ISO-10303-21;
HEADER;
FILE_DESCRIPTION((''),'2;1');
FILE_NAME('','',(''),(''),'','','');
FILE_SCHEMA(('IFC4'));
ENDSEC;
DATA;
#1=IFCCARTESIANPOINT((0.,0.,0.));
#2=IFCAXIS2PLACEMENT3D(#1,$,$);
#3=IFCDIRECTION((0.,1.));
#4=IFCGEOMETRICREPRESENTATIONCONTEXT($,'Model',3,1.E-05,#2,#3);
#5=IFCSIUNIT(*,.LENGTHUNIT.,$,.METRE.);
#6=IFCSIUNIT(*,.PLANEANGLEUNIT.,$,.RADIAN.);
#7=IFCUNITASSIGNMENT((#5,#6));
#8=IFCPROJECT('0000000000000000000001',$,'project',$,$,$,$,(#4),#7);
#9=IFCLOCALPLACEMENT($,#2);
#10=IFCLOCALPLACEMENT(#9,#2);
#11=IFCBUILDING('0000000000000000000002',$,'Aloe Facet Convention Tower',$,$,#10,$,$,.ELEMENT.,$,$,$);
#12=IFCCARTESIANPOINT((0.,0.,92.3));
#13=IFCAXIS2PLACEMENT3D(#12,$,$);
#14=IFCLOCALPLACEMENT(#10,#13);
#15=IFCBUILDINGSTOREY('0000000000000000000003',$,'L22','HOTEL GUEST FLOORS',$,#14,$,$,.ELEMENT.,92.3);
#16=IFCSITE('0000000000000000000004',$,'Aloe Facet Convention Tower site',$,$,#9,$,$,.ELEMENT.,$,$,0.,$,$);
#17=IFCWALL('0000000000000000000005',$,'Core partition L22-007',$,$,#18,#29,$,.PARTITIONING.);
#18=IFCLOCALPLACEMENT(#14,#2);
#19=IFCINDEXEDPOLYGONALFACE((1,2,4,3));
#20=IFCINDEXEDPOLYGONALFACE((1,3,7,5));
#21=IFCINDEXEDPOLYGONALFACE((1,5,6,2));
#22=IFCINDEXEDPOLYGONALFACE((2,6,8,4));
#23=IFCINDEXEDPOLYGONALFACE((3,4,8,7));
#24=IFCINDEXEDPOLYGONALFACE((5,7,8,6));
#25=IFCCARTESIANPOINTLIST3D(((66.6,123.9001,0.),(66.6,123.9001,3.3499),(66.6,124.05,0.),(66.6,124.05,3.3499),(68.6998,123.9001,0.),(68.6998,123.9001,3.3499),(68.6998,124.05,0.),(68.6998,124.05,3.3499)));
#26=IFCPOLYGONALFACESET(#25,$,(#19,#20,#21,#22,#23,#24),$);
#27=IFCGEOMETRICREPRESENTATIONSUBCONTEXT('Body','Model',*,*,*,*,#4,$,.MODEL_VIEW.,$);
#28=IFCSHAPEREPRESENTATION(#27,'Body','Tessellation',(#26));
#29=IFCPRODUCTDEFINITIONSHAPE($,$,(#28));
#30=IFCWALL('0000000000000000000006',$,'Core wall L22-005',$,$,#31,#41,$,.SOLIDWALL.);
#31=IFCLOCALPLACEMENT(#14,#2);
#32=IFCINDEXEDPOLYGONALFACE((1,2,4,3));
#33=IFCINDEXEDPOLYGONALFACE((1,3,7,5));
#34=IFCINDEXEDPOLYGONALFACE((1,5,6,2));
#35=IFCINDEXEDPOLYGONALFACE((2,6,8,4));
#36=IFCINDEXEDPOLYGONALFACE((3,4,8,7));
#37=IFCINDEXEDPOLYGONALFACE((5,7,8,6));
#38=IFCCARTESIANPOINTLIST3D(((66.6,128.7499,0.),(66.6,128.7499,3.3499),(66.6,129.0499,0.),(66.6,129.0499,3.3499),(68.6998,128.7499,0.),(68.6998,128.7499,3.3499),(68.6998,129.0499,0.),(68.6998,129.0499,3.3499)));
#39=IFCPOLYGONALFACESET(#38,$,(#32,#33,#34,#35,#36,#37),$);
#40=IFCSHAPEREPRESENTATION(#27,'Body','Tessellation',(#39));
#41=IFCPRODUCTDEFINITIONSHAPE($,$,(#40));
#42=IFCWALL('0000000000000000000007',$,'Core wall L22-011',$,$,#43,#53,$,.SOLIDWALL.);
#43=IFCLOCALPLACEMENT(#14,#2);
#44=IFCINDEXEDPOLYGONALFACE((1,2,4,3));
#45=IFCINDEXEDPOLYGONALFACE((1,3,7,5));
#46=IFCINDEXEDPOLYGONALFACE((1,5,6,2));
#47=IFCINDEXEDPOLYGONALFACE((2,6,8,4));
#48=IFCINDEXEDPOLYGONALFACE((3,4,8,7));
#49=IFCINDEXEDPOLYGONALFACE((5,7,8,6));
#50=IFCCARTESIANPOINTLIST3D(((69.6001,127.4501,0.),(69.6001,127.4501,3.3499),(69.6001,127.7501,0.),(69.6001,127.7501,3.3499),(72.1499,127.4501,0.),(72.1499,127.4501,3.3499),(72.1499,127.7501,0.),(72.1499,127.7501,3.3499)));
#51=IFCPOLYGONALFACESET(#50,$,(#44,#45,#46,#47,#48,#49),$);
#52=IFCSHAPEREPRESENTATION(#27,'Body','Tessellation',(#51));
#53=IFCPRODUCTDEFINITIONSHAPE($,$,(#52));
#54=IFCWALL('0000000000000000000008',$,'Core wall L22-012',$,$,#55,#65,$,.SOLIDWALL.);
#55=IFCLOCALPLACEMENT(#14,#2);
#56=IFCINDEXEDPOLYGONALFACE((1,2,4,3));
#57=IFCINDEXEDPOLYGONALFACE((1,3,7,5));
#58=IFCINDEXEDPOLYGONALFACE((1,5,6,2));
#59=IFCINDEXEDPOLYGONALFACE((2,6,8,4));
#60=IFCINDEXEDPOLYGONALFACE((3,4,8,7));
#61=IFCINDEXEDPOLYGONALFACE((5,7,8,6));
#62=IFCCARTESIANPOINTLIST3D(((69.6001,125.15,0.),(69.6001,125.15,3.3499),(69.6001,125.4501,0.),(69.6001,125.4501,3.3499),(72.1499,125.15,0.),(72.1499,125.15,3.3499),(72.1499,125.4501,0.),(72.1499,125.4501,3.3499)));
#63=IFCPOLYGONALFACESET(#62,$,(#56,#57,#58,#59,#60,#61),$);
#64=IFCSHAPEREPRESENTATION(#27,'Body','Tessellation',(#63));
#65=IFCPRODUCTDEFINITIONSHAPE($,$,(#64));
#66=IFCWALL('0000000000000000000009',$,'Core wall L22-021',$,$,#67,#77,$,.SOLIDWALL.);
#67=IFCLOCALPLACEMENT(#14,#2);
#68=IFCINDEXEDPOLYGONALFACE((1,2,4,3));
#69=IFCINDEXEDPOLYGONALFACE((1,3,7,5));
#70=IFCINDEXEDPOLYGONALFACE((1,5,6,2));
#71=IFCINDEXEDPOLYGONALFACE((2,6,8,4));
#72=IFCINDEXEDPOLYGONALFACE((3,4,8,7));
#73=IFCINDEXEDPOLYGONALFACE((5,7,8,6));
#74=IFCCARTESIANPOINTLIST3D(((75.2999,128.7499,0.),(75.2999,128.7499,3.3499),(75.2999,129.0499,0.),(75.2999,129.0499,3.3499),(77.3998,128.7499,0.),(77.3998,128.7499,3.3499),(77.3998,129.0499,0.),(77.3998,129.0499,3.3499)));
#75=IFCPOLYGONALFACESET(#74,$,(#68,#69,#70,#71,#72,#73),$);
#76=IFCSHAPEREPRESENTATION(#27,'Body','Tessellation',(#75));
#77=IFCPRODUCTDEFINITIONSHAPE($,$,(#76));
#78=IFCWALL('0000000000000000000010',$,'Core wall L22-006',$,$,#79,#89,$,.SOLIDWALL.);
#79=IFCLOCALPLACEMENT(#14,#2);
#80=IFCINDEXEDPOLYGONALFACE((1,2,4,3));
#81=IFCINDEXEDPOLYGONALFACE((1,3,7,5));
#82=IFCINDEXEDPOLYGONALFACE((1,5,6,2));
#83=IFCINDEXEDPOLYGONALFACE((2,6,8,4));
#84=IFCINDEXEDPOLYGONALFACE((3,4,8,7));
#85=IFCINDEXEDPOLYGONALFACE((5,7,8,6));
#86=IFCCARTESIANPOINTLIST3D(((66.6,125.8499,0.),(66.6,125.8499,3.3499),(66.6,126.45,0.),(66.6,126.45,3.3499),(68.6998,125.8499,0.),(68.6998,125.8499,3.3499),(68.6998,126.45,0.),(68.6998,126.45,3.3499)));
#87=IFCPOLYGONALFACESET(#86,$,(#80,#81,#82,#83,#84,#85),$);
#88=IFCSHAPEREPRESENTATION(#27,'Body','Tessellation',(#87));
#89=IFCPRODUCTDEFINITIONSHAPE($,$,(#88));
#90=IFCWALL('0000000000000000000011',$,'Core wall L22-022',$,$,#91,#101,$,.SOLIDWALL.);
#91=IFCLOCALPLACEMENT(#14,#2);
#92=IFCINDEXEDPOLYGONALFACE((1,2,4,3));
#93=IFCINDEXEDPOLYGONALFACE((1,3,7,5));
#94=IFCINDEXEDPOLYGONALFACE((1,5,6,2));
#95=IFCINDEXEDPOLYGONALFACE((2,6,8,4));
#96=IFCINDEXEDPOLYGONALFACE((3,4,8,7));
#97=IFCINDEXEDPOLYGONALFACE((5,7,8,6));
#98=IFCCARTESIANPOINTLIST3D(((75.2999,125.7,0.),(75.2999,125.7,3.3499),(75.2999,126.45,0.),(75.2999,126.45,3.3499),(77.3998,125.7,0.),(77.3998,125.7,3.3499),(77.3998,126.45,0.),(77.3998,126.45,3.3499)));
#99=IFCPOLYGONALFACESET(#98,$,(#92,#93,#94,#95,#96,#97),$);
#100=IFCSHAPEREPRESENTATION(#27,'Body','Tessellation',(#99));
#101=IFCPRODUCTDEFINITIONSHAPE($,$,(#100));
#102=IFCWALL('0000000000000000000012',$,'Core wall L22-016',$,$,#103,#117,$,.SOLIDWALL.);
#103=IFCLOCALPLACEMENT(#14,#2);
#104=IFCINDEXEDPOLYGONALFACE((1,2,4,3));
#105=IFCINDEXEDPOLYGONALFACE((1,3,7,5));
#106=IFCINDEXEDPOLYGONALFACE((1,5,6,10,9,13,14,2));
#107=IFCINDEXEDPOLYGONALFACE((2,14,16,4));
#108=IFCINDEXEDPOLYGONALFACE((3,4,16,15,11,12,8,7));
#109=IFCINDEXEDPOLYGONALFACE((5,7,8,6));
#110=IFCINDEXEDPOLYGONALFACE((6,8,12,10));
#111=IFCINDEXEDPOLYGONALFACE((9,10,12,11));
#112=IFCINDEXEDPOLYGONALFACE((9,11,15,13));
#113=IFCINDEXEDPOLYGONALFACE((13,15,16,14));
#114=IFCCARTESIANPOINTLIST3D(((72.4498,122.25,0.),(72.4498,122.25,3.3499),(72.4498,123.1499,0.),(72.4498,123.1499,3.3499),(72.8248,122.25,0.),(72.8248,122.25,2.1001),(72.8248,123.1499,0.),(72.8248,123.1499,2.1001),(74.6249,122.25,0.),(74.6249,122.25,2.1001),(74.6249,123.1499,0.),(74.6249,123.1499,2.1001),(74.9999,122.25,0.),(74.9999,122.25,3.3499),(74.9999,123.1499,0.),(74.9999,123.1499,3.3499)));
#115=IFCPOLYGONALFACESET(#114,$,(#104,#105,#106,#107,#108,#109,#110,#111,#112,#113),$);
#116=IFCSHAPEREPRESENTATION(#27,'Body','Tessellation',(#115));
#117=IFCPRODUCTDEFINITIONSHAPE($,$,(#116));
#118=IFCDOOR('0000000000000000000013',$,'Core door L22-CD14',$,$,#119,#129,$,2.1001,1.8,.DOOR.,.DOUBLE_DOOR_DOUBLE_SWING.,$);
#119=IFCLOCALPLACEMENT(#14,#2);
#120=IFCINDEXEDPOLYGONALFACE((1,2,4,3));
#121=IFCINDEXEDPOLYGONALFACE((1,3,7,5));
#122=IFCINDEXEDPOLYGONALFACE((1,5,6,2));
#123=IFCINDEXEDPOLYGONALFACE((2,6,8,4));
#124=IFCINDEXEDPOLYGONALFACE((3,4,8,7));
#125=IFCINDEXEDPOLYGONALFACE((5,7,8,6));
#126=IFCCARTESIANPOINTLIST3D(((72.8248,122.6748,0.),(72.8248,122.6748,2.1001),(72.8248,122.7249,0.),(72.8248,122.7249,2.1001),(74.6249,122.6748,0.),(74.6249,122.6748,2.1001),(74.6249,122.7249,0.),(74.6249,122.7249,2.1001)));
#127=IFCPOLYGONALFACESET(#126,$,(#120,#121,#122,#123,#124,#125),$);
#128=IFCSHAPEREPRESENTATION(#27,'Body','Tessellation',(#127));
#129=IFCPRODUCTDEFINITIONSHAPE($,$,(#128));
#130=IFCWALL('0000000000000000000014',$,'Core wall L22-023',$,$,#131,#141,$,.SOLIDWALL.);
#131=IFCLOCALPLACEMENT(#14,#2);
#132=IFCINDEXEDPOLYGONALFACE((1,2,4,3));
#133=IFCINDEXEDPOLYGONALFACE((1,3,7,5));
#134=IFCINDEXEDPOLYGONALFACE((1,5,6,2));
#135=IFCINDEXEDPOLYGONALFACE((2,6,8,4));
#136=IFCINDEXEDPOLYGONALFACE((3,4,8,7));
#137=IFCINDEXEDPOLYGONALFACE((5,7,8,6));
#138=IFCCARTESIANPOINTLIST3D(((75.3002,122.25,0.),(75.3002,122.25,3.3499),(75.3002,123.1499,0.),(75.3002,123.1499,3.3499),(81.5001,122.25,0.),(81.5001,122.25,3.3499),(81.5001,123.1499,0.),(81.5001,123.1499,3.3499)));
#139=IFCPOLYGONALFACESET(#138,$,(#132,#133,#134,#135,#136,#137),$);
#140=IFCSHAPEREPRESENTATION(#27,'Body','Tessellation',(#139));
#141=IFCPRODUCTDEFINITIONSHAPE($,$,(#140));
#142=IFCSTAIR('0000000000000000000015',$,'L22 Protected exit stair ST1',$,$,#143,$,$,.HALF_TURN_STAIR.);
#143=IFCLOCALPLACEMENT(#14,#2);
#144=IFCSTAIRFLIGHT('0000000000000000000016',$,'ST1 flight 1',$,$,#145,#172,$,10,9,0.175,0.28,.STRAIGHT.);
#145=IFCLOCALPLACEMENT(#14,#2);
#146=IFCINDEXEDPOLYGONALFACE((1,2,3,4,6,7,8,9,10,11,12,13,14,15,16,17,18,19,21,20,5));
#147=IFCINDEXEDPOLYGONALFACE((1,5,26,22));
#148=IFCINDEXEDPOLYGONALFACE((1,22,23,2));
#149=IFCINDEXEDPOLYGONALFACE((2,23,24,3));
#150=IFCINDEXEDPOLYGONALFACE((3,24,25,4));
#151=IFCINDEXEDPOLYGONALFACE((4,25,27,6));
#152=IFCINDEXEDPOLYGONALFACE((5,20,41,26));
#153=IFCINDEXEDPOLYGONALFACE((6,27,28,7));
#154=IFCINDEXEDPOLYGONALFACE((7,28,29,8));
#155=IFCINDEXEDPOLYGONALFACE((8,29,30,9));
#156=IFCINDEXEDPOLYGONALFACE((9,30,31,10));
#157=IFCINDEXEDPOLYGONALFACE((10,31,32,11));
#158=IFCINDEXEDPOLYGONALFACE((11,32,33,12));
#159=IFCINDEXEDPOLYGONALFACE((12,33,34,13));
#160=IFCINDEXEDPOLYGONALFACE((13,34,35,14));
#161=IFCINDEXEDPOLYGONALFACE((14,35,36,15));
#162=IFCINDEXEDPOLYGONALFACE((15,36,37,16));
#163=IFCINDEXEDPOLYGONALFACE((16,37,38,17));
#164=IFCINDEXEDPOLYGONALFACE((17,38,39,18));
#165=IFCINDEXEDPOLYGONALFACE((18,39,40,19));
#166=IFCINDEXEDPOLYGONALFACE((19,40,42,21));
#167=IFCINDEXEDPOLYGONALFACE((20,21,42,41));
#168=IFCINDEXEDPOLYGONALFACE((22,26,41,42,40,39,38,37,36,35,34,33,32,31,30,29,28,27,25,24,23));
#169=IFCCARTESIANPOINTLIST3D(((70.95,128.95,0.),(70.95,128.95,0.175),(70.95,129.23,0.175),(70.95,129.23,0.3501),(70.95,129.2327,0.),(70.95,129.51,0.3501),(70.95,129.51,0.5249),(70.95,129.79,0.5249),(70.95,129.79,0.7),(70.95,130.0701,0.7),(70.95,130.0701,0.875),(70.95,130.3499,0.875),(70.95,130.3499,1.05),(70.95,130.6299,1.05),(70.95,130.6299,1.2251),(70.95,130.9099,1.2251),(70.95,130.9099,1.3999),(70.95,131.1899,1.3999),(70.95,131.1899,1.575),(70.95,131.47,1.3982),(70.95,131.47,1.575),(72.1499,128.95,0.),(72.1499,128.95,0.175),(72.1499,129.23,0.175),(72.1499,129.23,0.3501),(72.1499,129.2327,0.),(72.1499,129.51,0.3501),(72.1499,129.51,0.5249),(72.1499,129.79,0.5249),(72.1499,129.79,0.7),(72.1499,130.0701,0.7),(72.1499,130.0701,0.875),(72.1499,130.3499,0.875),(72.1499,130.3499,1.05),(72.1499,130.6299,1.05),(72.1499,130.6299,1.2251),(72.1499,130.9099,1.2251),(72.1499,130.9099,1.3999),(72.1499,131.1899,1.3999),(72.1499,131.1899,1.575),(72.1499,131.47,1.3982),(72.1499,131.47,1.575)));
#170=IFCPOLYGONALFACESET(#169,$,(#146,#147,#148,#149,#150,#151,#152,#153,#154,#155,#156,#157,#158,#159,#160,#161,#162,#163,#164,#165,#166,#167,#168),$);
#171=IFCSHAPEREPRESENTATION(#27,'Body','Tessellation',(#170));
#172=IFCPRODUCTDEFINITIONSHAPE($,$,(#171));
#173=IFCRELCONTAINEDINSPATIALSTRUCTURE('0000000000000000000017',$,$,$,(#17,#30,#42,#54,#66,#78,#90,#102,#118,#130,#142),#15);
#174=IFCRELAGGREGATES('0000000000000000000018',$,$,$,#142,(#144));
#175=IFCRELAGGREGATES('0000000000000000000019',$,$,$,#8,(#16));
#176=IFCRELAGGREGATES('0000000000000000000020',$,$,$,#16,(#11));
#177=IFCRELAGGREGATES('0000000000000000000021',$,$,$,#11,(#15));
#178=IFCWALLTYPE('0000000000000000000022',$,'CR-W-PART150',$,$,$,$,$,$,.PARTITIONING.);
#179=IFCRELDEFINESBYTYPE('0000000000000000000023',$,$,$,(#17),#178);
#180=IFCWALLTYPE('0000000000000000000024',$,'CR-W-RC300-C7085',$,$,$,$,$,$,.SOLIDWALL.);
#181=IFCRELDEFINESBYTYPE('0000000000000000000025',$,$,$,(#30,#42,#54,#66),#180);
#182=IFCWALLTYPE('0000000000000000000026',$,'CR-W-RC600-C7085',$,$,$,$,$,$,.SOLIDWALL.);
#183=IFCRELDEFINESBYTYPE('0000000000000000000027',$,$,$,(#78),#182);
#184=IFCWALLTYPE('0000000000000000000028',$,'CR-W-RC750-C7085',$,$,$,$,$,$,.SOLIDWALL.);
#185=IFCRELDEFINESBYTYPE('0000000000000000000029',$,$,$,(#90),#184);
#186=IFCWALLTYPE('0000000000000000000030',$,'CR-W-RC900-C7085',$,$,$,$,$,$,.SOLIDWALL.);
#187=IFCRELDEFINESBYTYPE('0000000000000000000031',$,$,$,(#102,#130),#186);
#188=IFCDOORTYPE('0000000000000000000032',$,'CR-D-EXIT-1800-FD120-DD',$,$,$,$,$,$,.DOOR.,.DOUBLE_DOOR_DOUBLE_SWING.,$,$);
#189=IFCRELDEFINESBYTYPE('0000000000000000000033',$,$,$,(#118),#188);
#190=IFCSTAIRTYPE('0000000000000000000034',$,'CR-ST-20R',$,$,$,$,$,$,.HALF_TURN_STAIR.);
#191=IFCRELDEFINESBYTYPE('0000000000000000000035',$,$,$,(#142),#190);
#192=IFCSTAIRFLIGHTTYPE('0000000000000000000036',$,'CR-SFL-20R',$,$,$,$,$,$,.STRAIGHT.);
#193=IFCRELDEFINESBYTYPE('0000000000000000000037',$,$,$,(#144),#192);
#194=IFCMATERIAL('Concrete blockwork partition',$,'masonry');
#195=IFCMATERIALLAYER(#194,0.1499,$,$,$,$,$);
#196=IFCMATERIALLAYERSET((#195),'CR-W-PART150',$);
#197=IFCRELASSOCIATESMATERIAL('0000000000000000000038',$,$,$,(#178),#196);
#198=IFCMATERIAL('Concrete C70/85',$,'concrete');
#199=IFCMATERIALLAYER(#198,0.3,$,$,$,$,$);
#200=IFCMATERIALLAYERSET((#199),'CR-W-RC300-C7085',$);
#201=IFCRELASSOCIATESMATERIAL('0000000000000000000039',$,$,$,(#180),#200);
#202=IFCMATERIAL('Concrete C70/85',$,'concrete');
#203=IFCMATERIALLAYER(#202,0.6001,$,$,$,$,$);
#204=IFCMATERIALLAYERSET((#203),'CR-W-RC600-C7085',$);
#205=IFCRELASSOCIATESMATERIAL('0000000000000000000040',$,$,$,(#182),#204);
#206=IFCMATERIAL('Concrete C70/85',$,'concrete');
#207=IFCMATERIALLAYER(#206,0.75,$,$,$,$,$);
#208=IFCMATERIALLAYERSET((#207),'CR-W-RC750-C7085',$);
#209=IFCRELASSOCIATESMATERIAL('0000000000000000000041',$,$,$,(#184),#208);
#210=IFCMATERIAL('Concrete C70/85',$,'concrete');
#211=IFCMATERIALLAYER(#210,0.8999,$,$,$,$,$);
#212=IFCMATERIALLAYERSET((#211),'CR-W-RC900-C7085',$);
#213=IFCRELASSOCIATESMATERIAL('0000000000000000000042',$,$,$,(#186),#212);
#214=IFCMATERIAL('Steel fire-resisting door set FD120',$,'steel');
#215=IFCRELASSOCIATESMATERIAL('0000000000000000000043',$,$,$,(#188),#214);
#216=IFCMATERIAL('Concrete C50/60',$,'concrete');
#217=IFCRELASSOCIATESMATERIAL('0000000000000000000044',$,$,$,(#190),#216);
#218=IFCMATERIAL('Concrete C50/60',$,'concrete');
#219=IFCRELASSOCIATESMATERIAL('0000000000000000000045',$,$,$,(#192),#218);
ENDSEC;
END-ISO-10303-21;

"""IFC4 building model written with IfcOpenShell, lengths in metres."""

from ifc_helpers import new_model, si_unit, direction, frame, frame_2d, origin, place, context, subcontext, project, spatial, polyline, rectangle, outline, extrude, material, layer, layer_set, type_object, element, fill, aggregate, save


model = new_model("IFC4")

# Units and contexts
model_context = context("Model", 3, precision=1e-05, world=origin(), true_north=direction((0.0, 1.0)))
body_context = subcontext(model_context, "Body", "Model", "MODEL_VIEW")
ifc_project = project(units=[si_unit("LENGTHUNIT", "METRE"), si_unit("PLANEANGLEUNIT", "RADIAN")], contexts=[model_context])

# Site, building, storey
site_placement = place(None, origin())
site = spatial("IfcSite", under=ifc_project, at=site_placement, Name="Aloe Facet Convention Tower site", CompositionType="ELEMENT", RefElevation=0.0)
building_placement = place(site_placement, origin())
building = spatial("IfcBuilding", under=site, at=building_placement, Name="Aloe Facet Convention Tower", CompositionType="ELEMENT")
storey_placement = place(building_placement, frame((0.0, 0.0, 92.3)))
storey = spatial("IfcBuildingStorey", under=building, at=storey_placement, Name="L22", Description="HOTEL GUEST FLOORS", CompositionType="ELEMENT", Elevation=92.3)

# Walls
ifc_material_1 = material(Name="Concrete blockwork partition", Category="masonry")
ifc_layer_1 = layer(ifc_material_1, 0.1499)
ifc_layer_set_1 = layer_set([ifc_layer_1], Name="CR-W-PART150")
wall_type_1 = type_object("IfcWallType", Name="CR-W-PART150", PredefinedType="PARTITIONING", material=ifc_layer_set_1)
wall_1_placement = place(storey_placement, frame((66.6001, 123.9751, 0.0), z_axis=(0.0, 0.0, 1.0), x_axis=(1.0, 0.0, 0.0)))
element("IfcWall", 1, at=wall_1_placement, inside=storey, type_object=wall_type_1, Name="Core partition L22-007", PredefinedType="PARTITIONING", context=body_context, shape_type="SweptSolid", body=[
    extrude(rectangle(XDim=2.0999, YDim=0.1499, at=frame_2d((1.0498, 0.0))), origin(), (0.0, 0.0, 1.0), 3.3499),
])
ifc_material_2 = material(Name="Concrete C70/85", Category="concrete")
ifc_layer_2 = layer(ifc_material_2, 0.3)
ifc_layer_set_2 = layer_set([ifc_layer_2], Name="CR-W-RC300-C7085")
wall_type_2 = type_object("IfcWallType", Name="CR-W-RC300-C7085", PredefinedType="SOLIDWALL", material=ifc_layer_set_2)
wall_2_placement = place(storey_placement, frame((66.6001, 128.8999, 0.0), z_axis=(0.0, 0.0, 1.0), x_axis=(1.0, 0.0, 0.0)))
element("IfcWall", 2, at=wall_2_placement, inside=storey, type_object=wall_type_2, Name="Core wall L22-005", PredefinedType="SOLIDWALL", context=body_context, shape_type="SweptSolid", body=[
    extrude(rectangle(XDim=2.0999, YDim=0.3, at=frame_2d((1.0498, 0.0))), origin(), (0.0, 0.0, 1.0), 3.3499),
])
for number, where, z_axis, x_axis, name in (
    (3, (69.6001, 127.6001, 0.0), (0.0, 0.0, 1.0), (1.0, 0.0, 0.0), "Core wall L22-011"),
    (4, (69.6001, 125.3, 0.0), (0.0, 0.0, 1.0), (1.0, 0.0, 0.0), "Core wall L22-012"),
):
    element("IfcWall", number, at=place(storey_placement, frame(where, z_axis=z_axis, x_axis=x_axis)), inside=storey, type_object=wall_type_2, Name=name, PredefinedType="SOLIDWALL", context=body_context, shape_type="SweptSolid", body=[
        extrude(rectangle(XDim=2.5498, YDim=0.3, at=frame_2d((1.2749, 0.0))), origin(), (0.0, 0.0, 1.0), 3.3499),
    ])
wall_3_placement = place(storey_placement, frame((75.3, 128.8999, 0.0), z_axis=(0.0, 0.0, 1.0), x_axis=(1.0, 0.0, 0.0)))
element("IfcWall", 5, at=wall_3_placement, inside=storey, type_object=wall_type_2, Name="Core wall L22-021", PredefinedType="SOLIDWALL", context=body_context, shape_type="SweptSolid", body=[
    extrude(rectangle(XDim=2.0999, YDim=0.3, at=frame_2d((1.0498, 0.0))), origin(), (0.0, 0.0, 1.0), 3.3499),
])
ifc_material_3 = material(Name="Concrete C70/85", Category="concrete")
ifc_layer_3 = layer(ifc_material_3, 0.6001)
ifc_layer_set_3 = layer_set([ifc_layer_3], Name="CR-W-RC600-C7085")
wall_type_3 = type_object("IfcWallType", Name="CR-W-RC600-C7085", PredefinedType="SOLIDWALL", material=ifc_layer_set_3)
wall_4_placement = place(storey_placement, frame((66.6001, 126.1499, 0.0), z_axis=(0.0, 0.0, 1.0), x_axis=(1.0, 0.0, 0.0)))
element("IfcWall", 6, at=wall_4_placement, inside=storey, type_object=wall_type_3, Name="Core wall L22-006", PredefinedType="SOLIDWALL", context=body_context, shape_type="SweptSolid", body=[
    extrude(rectangle(XDim=2.0999, YDim=0.6001, at=frame_2d((1.0498, 0.0))), origin(), (0.0, 0.0, 1.0), 3.3499),
])
ifc_material_4 = material(Name="Concrete C70/85", Category="concrete")
ifc_layer_4 = layer(ifc_material_4, 0.75)
ifc_layer_set_4 = layer_set([ifc_layer_4], Name="CR-W-RC750-C7085")
wall_type_4 = type_object("IfcWallType", Name="CR-W-RC750-C7085", PredefinedType="SOLIDWALL", material=ifc_layer_set_4)
wall_5_placement = place(storey_placement, frame((75.3, 126.075, 0.0), z_axis=(0.0, 0.0, 1.0), x_axis=(1.0, 0.0, 0.0)))
element("IfcWall", 7, at=wall_5_placement, inside=storey, type_object=wall_type_4, Name="Core wall L22-022", PredefinedType="SOLIDWALL", context=body_context, shape_type="SweptSolid", body=[
    extrude(rectangle(XDim=2.0999, YDim=0.75, at=frame_2d((1.0498, 0.0))), origin(), (0.0, 0.0, 1.0), 3.3499),
])

# Wall, opening, door
ifc_material_5 = material(Name="Concrete C70/85", Category="concrete")
ifc_layer_5 = layer(ifc_material_5, 0.8999)
ifc_layer_set_5 = layer_set([ifc_layer_5], Name="CR-W-RC900-C7085")
wall_type_5 = type_object("IfcWallType", Name="CR-W-RC900-C7085", PredefinedType="SOLIDWALL", material=ifc_layer_set_5)
wall_6_placement = place(storey_placement, frame((72.45, 122.7, 0.0), z_axis=(0.0, 0.0, 1.0), x_axis=(1.0, 0.0, 0.0)))
wall_6 = element("IfcWall", 8, at=wall_6_placement, inside=storey, type_object=wall_type_5, Name="Core wall L22-016", PredefinedType="SOLIDWALL", context=body_context, shape_type="SweptSolid", body=[
    extrude(rectangle(XDim=2.55, YDim=0.8999, at=frame_2d((1.2749, 0.0))), origin(), (0.0, 0.0, 1.0), 3.3499),
])
opening_placement = place(wall_6_placement, frame((0.375, 0.0, 0.0)))
opening = element("IfcOpeningElement", 9, at=opening_placement, cuts=wall_6, PredefinedType="OPENING", context=body_context, shape_type="SweptSolid", body=[
    extrude(rectangle(XDim=1.8, YDim=2.1001, at=frame_2d((0.8999, 1.05))), frame((0.0, 0.46, 0.0), z_axis=(0.0, -1.0, 0.0), x_axis=(1.0, 0.0, 0.0)), (0.0, 0.0, 1.0), 0.9199),
])
ifc_material_6 = material(Name="Steel fire-resisting door set FD120", Category="steel")
door_type = type_object("IfcDoorType", Name="CR-D-EXIT-1800-FD120-DD", OperationType="DOUBLE_DOOR_DOUBLE_SWING", PredefinedType="DOOR", material=ifc_material_6)
door_placement = place(opening_placement, origin())
door = element("IfcDoor", 10, at=door_placement, inside=storey, type_object=door_type, Name="Core door L22-CD14", OperationType="DOUBLE_DOOR_DOUBLE_SWING", OverallHeight=2.1001, OverallWidth=1.8, PredefinedType="DOOR", context=body_context, shape_type="SweptSolid", body=[
    extrude(rectangle(XDim=1.8, YDim=2.1001, at=frame_2d((0.8999, 1.05))), frame((0.0, 0.0249, 0.0), z_axis=(0.0, -1.0, 0.0), x_axis=(1.0, 0.0, 0.0)), (0.0, 0.0, 1.0), 0.05),
])
fill(opening, door)

# Wall
wall_7_placement = place(storey_placement, frame((75.3, 122.7, 0.0), z_axis=(0.0, 0.0, 1.0), x_axis=(1.0, 0.0, 0.0)))
element("IfcWall", 11, at=wall_7_placement, inside=storey, type_object=wall_type_5, Name="Core wall L22-023", PredefinedType="SOLIDWALL", context=body_context, shape_type="SweptSolid", body=[
    extrude(rectangle(XDim=6.2, YDim=0.8999, at=frame_2d((3.1001, 0.0))), origin(), (0.0, 0.0, 1.0), 3.3499),
])

# Stair, stair flight
ifc_material_7 = material(Name="Concrete C50/60", Category="concrete")
stair_type = type_object("IfcStairType", Name="CR-ST-20R", PredefinedType="HALF_TURN_STAIR", material=ifc_material_7)
stair_placement = place(storey_placement, origin())
stair = element("IfcStair", 12, at=stair_placement, inside=storey, type_object=stair_type, Name="L22 Protected exit stair ST1", PredefinedType="HALF_TURN_STAIR")
ifc_material_8 = material(Name="Concrete C50/60", Category="concrete")
stair_flight_type = type_object("IfcStairFlightType", Name="CR-SFL-20R", PredefinedType="STRAIGHT", material=ifc_material_8)
stair_flight_placement = place(storey_placement, frame((71.55, 128.95, 0.0), z_axis=(0.0, 0.0, 1.0), x_axis=(0.0, 1.0, 0.0)))
stair_flight = element("IfcStairFlight", 13, at=stair_flight_placement, type_object=stair_flight_type, Name="ST1 flight 1", NumberOfRisers=10, NumberOfTreads=9, PredefinedType="STRAIGHT", RiserHeight=0.175, TreadLength=0.28, context=body_context, shape_type="SweptSolid", body=[
    extrude(outline(polyline([(0.0, 0.0), (0.0, 0.175), (0.28, 0.175), (0.28, 0.3501), (0.5601, 0.3501), (0.5601, 0.5249), (0.8401, 0.5249), (0.8401, 0.7), (1.1201, 0.7), (1.1201, 0.875), (1.3999, 0.875), (1.3999, 1.05), (1.6799, 1.05), (1.6799, 1.2251), (1.96, 1.2251), (1.96, 1.3999), (2.24, 1.3999), (2.24, 1.575), (2.52, 1.575), (2.52, 1.75), (2.52, 1.3982), (0.2827, 0.0), (0.0, 0.0)])), frame((0.0, 0.6001, 0.0), z_axis=(0.0, -1.0, 0.0), x_axis=(1.0, 0.0, 0.0)), (0.0, 0.0, 1.0), 1.2),
])
aggregate(stair, [stair_flight])

save(model, "model.ifc")
